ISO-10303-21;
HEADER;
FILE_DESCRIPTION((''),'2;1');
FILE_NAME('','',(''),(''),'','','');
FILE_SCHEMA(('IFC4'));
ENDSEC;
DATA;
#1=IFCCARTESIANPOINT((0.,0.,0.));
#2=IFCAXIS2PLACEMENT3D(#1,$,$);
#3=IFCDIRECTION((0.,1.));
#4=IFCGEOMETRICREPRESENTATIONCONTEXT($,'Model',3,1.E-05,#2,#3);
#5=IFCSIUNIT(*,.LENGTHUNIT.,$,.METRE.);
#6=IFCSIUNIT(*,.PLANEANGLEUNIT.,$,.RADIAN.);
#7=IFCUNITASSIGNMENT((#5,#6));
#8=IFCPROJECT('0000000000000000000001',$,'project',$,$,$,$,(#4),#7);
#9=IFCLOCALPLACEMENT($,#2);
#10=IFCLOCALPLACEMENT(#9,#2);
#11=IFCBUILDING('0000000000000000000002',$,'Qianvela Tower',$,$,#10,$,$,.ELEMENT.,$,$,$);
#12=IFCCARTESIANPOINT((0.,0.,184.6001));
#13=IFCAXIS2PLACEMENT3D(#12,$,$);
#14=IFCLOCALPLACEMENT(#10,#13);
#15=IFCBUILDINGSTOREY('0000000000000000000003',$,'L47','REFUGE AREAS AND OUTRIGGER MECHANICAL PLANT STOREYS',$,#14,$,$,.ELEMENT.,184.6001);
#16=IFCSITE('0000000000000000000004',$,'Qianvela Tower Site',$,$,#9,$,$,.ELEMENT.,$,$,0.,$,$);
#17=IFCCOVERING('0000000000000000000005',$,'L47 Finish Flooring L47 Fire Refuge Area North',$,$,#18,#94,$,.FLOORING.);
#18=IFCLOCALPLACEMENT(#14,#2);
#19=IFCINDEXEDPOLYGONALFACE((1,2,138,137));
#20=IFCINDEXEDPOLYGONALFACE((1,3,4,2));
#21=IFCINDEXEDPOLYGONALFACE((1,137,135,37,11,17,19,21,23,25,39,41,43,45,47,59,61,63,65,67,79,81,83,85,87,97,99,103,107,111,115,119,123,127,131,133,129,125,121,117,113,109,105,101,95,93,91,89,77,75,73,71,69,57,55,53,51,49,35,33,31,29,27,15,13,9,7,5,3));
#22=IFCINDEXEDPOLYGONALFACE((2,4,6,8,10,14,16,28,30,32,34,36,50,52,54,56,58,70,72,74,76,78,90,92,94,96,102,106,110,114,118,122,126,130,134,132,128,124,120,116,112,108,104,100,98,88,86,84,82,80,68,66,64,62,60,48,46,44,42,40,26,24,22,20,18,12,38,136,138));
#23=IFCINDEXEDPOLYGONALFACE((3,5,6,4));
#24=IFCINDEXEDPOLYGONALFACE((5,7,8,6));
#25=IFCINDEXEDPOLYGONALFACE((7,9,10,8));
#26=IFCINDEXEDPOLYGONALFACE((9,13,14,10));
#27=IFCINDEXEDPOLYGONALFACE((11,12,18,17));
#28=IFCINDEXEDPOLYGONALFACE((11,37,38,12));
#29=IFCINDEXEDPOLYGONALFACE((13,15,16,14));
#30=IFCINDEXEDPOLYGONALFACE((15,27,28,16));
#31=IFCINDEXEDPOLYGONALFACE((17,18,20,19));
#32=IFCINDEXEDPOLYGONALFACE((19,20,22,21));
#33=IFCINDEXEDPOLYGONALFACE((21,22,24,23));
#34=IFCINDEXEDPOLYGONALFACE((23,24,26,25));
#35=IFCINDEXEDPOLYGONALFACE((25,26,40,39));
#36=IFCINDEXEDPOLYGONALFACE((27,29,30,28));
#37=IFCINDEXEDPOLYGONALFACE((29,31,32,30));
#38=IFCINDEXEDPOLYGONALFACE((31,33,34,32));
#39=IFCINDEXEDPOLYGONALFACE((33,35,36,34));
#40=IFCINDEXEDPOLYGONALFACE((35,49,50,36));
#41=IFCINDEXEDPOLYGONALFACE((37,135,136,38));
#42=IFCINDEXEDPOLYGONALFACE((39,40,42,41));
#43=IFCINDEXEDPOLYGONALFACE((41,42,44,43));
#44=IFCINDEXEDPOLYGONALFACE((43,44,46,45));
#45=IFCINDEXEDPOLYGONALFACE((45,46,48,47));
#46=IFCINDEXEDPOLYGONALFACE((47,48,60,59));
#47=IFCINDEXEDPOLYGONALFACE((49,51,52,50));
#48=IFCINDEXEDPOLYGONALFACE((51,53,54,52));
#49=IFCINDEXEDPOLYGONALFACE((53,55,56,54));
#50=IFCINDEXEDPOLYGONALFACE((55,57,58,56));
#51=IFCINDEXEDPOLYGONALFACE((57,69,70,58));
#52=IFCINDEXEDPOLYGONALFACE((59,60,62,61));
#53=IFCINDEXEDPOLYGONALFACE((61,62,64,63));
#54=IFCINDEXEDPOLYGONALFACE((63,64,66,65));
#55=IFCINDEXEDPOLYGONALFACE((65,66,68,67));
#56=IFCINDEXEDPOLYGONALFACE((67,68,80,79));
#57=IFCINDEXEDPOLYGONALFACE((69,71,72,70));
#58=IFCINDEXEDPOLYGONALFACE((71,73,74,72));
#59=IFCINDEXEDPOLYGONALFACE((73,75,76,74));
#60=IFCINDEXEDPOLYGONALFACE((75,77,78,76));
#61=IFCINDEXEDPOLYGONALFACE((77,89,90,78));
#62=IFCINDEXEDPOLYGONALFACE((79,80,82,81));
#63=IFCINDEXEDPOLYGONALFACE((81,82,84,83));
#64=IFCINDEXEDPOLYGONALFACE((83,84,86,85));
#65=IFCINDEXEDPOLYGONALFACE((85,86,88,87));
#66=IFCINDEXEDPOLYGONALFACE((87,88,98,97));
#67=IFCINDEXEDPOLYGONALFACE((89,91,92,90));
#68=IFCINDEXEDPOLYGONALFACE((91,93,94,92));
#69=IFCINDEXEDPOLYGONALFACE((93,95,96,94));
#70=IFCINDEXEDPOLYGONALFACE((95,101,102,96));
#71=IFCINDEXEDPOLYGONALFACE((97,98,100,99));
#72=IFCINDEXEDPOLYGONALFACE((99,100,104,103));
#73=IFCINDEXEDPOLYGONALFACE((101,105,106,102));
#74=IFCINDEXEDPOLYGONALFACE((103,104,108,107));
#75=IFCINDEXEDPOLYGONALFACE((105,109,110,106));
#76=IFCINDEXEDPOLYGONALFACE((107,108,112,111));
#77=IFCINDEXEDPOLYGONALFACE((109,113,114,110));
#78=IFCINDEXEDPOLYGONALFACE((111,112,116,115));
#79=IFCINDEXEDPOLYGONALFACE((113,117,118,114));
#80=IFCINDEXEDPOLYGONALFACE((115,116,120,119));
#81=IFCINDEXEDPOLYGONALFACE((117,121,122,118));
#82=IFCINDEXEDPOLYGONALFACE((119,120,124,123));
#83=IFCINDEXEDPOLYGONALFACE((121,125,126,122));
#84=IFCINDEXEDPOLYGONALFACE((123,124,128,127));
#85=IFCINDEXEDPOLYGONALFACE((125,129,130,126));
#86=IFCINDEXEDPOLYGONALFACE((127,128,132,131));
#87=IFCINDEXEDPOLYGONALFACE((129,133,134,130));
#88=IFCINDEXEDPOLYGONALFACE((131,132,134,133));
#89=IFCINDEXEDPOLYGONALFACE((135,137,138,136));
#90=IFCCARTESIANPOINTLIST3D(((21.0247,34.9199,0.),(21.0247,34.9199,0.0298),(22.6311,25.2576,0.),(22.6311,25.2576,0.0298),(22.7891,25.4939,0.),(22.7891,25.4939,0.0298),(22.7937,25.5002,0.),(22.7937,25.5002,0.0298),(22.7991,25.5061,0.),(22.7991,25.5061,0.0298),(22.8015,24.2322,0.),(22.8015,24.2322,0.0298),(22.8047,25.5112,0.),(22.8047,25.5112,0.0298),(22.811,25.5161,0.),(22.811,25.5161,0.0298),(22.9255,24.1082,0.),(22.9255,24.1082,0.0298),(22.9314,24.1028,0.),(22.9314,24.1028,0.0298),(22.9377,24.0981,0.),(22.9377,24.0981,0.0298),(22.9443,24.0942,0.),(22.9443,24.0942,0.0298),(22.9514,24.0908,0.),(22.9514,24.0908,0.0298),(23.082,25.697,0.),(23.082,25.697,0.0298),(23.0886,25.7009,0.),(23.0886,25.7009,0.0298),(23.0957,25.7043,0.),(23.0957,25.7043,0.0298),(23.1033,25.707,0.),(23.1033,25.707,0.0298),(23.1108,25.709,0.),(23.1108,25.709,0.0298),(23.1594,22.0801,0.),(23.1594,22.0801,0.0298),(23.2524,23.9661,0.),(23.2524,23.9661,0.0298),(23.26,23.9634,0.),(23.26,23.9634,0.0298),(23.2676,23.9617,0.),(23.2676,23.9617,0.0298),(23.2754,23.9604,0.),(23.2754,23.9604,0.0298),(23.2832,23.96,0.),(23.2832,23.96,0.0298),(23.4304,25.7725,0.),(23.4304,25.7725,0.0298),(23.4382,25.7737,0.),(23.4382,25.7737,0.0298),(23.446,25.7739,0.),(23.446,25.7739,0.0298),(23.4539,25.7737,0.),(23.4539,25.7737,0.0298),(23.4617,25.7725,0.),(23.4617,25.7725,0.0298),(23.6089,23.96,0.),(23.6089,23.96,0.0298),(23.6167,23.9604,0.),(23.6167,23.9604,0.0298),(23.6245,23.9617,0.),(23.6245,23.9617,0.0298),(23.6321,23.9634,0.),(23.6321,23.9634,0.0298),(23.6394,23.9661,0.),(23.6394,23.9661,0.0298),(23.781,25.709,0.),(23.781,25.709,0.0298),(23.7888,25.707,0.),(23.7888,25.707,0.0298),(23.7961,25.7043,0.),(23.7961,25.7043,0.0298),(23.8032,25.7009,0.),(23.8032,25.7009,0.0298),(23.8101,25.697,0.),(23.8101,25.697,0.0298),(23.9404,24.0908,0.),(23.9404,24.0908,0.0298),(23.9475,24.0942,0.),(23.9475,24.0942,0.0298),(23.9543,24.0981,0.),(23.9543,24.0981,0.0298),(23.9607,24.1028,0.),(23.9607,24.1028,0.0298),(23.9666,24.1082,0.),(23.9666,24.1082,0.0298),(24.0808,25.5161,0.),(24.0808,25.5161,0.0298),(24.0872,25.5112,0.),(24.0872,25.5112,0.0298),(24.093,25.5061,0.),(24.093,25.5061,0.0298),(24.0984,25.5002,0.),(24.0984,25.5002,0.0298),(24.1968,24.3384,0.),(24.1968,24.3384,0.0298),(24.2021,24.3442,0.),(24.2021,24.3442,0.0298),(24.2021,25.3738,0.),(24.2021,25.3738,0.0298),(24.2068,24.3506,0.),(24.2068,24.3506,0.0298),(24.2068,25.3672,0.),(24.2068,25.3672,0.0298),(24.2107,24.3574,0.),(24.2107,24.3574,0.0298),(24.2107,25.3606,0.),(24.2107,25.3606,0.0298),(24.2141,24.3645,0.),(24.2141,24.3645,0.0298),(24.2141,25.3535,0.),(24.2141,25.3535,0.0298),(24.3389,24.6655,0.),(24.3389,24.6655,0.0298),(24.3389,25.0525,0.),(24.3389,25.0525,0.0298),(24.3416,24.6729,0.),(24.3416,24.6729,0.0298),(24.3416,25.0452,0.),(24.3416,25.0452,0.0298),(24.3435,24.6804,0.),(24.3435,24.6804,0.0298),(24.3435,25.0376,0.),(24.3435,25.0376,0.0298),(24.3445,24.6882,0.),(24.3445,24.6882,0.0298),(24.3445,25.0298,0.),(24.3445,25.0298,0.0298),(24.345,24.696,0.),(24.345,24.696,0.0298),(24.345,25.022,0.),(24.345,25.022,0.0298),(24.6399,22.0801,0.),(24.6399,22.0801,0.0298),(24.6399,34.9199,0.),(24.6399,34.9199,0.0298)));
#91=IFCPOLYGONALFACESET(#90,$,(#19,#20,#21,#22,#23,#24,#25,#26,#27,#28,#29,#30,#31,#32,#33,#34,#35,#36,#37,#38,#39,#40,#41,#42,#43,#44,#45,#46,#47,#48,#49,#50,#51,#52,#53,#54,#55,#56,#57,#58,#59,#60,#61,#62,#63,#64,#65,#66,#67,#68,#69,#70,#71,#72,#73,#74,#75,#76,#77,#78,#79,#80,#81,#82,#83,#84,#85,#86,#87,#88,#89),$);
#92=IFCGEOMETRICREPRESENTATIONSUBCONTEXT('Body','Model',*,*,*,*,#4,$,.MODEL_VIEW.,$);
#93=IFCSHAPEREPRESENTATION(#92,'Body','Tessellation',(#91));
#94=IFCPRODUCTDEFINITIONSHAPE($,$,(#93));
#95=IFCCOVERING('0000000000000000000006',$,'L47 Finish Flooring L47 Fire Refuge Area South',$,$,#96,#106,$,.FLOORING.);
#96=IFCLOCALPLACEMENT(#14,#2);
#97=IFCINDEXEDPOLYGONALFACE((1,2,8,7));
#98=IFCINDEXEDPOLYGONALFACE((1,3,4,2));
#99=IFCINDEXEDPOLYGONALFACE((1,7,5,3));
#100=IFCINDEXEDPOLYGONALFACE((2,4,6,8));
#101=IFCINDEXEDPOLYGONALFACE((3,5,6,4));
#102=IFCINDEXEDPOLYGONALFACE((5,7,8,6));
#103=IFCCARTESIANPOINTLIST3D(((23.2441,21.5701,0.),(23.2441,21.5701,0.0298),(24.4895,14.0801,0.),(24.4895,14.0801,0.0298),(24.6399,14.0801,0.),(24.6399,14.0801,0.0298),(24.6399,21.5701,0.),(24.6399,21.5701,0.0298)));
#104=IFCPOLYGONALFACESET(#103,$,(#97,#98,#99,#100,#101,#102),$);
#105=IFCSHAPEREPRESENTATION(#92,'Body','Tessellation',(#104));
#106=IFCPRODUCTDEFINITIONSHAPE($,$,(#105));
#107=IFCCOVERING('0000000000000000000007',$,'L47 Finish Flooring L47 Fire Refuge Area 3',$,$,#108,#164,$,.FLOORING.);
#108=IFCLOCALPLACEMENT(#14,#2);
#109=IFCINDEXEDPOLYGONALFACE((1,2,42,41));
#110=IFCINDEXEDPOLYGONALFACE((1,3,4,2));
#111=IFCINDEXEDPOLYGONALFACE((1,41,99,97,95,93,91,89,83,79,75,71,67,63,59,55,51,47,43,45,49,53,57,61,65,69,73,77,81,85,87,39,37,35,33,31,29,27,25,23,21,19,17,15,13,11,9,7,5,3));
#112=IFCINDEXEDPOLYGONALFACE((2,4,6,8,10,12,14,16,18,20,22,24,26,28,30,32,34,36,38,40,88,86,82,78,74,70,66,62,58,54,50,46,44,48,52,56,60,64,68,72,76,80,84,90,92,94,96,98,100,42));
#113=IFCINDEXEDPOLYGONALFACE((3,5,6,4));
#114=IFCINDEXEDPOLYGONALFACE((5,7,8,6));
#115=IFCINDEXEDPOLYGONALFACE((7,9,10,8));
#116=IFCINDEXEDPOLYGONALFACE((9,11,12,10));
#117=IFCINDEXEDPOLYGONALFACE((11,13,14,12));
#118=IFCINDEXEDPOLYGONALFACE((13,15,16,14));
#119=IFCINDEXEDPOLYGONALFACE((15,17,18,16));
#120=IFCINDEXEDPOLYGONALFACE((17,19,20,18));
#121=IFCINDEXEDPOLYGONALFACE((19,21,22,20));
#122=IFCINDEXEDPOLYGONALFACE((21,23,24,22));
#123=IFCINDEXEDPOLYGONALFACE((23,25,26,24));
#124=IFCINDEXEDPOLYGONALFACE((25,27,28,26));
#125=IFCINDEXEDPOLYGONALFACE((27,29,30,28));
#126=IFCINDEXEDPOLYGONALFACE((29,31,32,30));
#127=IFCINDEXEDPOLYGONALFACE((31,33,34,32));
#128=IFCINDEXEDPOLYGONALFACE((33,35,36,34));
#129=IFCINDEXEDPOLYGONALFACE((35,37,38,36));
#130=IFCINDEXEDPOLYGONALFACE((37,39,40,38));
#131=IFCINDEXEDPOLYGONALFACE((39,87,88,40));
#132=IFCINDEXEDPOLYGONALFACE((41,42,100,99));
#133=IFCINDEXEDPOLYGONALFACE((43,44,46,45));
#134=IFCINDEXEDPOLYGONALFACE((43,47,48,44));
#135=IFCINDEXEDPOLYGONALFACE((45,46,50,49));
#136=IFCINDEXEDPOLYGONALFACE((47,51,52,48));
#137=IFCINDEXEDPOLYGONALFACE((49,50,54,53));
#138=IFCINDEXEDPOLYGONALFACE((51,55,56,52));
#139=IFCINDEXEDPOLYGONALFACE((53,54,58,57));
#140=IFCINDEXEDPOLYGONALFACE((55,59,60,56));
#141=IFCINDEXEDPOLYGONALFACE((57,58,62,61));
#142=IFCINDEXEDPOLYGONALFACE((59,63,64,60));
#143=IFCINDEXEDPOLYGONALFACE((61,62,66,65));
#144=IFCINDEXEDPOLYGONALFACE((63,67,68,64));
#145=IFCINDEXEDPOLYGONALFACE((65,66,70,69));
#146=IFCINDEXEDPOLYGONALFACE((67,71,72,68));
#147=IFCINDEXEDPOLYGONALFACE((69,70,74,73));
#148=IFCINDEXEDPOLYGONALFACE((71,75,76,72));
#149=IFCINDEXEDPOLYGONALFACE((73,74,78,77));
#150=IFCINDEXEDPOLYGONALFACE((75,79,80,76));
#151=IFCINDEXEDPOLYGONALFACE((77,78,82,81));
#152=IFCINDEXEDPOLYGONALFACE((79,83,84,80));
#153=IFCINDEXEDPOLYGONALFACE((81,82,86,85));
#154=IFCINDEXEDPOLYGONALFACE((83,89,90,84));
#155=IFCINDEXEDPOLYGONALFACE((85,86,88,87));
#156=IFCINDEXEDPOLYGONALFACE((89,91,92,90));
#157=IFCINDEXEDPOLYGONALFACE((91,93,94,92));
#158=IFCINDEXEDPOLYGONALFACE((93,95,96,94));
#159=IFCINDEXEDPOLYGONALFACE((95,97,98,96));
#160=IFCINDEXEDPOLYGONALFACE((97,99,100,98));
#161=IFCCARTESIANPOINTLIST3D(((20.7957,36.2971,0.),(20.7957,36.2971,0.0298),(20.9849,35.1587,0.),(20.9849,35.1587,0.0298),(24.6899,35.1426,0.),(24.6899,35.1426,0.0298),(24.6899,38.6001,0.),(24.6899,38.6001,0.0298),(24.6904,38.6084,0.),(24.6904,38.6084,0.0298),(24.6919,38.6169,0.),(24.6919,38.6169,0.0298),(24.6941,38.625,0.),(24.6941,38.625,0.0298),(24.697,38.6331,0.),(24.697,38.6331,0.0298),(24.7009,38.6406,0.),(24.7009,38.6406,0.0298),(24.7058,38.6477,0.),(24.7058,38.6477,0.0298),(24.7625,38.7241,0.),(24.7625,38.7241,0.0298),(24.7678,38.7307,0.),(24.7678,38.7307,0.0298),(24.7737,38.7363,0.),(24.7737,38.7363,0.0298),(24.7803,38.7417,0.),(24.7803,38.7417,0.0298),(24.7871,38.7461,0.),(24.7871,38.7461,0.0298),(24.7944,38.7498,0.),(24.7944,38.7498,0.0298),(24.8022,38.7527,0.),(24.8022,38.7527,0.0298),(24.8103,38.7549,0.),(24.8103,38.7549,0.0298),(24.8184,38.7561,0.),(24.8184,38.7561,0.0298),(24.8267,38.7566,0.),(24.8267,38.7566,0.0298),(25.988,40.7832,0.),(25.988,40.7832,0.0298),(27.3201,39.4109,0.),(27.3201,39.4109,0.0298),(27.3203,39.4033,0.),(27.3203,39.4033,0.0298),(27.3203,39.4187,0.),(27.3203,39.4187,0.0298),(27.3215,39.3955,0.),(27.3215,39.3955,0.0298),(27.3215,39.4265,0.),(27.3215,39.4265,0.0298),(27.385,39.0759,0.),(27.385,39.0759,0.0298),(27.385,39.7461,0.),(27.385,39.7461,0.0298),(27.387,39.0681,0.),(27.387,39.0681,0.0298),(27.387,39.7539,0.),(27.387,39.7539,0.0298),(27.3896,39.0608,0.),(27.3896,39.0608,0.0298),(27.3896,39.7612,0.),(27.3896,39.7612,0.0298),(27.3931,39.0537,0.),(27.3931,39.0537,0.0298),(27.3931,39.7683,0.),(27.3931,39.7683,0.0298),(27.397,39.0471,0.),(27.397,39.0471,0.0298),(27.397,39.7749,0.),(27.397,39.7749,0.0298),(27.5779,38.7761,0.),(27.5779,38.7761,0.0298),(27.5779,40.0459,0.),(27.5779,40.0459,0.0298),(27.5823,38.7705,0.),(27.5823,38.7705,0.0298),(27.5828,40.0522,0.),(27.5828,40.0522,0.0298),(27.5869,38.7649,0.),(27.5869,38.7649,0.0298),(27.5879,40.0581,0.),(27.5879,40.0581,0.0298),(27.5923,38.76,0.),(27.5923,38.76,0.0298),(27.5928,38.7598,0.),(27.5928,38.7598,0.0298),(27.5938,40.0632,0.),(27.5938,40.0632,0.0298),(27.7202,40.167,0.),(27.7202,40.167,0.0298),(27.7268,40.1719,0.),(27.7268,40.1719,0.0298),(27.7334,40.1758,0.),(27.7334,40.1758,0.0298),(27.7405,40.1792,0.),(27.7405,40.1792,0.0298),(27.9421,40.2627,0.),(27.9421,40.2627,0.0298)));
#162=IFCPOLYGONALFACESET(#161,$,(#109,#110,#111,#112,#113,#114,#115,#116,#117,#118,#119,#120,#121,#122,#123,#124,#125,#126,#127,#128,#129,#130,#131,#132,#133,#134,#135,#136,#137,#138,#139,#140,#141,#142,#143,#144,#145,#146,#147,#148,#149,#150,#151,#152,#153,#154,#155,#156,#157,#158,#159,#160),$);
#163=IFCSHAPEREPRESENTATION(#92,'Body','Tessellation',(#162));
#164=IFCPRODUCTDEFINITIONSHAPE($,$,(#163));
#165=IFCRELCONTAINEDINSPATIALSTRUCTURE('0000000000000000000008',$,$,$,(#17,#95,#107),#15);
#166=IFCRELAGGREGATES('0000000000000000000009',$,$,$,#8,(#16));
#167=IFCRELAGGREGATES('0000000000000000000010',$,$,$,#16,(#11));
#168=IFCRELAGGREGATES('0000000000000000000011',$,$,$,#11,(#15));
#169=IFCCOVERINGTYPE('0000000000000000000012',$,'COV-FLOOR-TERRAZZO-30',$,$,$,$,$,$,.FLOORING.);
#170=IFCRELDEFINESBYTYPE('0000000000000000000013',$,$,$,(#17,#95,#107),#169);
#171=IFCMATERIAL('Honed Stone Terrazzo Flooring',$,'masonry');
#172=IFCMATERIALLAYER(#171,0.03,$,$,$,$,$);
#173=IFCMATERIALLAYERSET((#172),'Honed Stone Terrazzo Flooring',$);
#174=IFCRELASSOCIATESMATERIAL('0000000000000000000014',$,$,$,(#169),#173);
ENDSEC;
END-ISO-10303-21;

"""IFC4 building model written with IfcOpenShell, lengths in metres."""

from ifc_helpers import new_model, si_unit, direction, frame, origin, place, context, subcontext, project, spatial, polyline, outline, extrude, material, layer, layer_set, type_object, element, save


model = new_model("IFC4")

# Units and contexts
model_context = context("Model", 3, precision=1e-05, world=origin(), true_north=direction((0.0, 1.0)))
body_context = subcontext(model_context, "Body", "Model", "MODEL_VIEW")
ifc_project = project(units=[si_unit("LENGTHUNIT", "METRE"), si_unit("PLANEANGLEUNIT", "RADIAN")], contexts=[model_context])

# Site, building, storey
site_placement = place(None, origin())
site = spatial("IfcSite", under=ifc_project, at=site_placement, Name="Qianvela Tower Site", CompositionType="ELEMENT", RefElevation=0.0)
building_placement = place(site_placement, origin())
building = spatial("IfcBuilding", under=site, at=building_placement, Name="Qianvela Tower", CompositionType="ELEMENT")
storey_placement = place(building_placement, frame((0.0, 0.0, 184.6001)))
storey = spatial("IfcBuildingStorey", under=building, at=storey_placement, Name="L47", Description="REFUGE AREAS AND OUTRIGGER MECHANICAL PLANT STOREYS", CompositionType="ELEMENT", Elevation=184.6001)

# Coverings
ifc_material_1 = material(Name="Honed Stone Terrazzo Flooring", Category="masonry")
ifc_layer_1 = layer(ifc_material_1, 0.03)
ifc_layer_set_1 = layer_set([ifc_layer_1], Name="Honed Stone Terrazzo Flooring")
covering_type_1 = type_object("IfcCoveringType", Name="COV-FLOOR-TERRAZZO-30", PredefinedType="FLOORING", material=ifc_layer_set_1)
covering_1_placement = place(storey_placement, origin())
element("IfcCovering", 1, at=covering_1_placement, inside=storey, type_object=covering_type_1, Name="L47 Finish Flooring L47 Fire Refuge Area North", PredefinedType="FLOORING", context=body_context, shape_type="SweptSolid", body=[
    extrude(outline(polyline([(22.6311, 25.2576), (21.0247, 34.9199), (24.6399, 34.9199), (24.6399, 22.0801), (23.1594, 22.0801), (22.8015, 24.2322), (22.9255, 24.1082), (22.9314, 24.1028), (22.9377, 24.0981), (22.9443, 24.0942), (22.9514, 24.0908), (23.2524, 23.9661), (23.26, 23.9634), (23.2676, 23.9617), (23.2754, 23.9604), (23.2832, 23.96), (23.6089, 23.96), (23.6167, 23.9604), (23.6245, 23.9617), (23.6321, 23.9634), (23.6394, 23.9661), (23.9404, 24.0908), (23.9475, 24.0942), (23.9543, 24.0981), (23.9607, 24.1028), (23.9666, 24.1082), (24.1968, 24.3384), (24.2021, 24.3442), (24.2068, 24.3506), (24.2107, 24.3574), (24.2141, 24.3645), (24.3389, 24.6655), (24.3416, 24.6729), (24.3435, 24.6804), (24.3445, 24.6882), (24.345, 24.696), (24.345, 25.022), (24.3445, 25.0298), (24.3435, 25.0376), (24.3416, 25.0452), (24.3389, 25.0525), (24.2141, 25.3535), (24.2107, 25.3606), (24.2068, 25.3672), (24.2021, 25.3738), (24.0984, 25.5002), (24.093, 25.5061), (24.0872, 25.5112), (24.0808, 25.5161), (23.8101, 25.697), (23.8032, 25.7009), (23.7961, 25.7043), (23.7888, 25.707), (23.781, 25.709), (23.4617, 25.7725), (23.4539, 25.7737), (23.446, 25.7739), (23.4382, 25.7737), (23.4304, 25.7725), (23.1108, 25.709), (23.1033, 25.707), (23.0957, 25.7043), (23.0886, 25.7009), (23.082, 25.697), (22.811, 25.5161), (22.8047, 25.5112), (22.7991, 25.5061), (22.7937, 25.5002), (22.7891, 25.4939), (22.6311, 25.2576)])), origin(), (0.0, 0.0, 1.0), 0.0298),
])
covering_2_placement = place(storey_placement, origin())
element("IfcCovering", 2, at=covering_2_placement, inside=storey, type_object=covering_type_1, Name="L47 Finish Flooring L47 Fire Refuge Area South", PredefinedType="FLOORING", context=body_context, shape_type="SweptSolid", body=[
    extrude(outline(polyline([(24.4895, 14.0801), (23.2441, 21.5701), (24.6399, 21.5701), (24.6399, 14.0801), (24.4895, 14.0801)])), origin(), (0.0, 0.0, 1.0), 0.0298),
])
covering_3_placement = place(storey_placement, origin())
element("IfcCovering", 3, at=covering_3_placement, inside=storey, type_object=covering_type_1, Name="L47 Finish Flooring L47 Fire Refuge Area 3", PredefinedType="FLOORING", context=body_context, shape_type="SweptSolid", body=[
    extrude(outline(polyline([(24.8267, 38.7566), (24.8184, 38.7561), (24.8103, 38.7549), (24.8022, 38.7527), (24.7944, 38.7498), (24.7871, 38.7461), (24.7803, 38.7417), (24.7737, 38.7363), (24.7678, 38.7307), (24.7625, 38.7241), (24.7058, 38.6477), (24.7009, 38.6406), (24.697, 38.6331), (24.6941, 38.625), (24.6919, 38.6169), (24.6904, 38.6084), (24.6899, 38.6001), (24.6899, 35.1426), (20.9849, 35.1587), (20.7957, 36.2971), (25.988, 40.7832), (27.9421, 40.2627), (27.7405, 40.1792), (27.7334, 40.1758), (27.7268, 40.1719), (27.7202, 40.167), (27.5938, 40.0632), (27.5879, 40.0581), (27.5828, 40.0522), (27.5779, 40.0459), (27.397, 39.7749), (27.3931, 39.7683), (27.3896, 39.7612), (27.387, 39.7539), (27.385, 39.7461), (27.3215, 39.4265), (27.3203, 39.4187), (27.3201, 39.4109), (27.3203, 39.4033), (27.3215, 39.3955), (27.385, 39.0759), (27.387, 39.0681), (27.3896, 39.0608), (27.3931, 39.0537), (27.397, 39.0471), (27.5779, 38.7761), (27.5823, 38.7705), (27.5869, 38.7649), (27.5923, 38.76), (27.5928, 38.7598), (24.8267, 38.7566)])), origin(), (0.0, 0.0, 1.0), 0.0298),
])

save(model, "model.ifc")
